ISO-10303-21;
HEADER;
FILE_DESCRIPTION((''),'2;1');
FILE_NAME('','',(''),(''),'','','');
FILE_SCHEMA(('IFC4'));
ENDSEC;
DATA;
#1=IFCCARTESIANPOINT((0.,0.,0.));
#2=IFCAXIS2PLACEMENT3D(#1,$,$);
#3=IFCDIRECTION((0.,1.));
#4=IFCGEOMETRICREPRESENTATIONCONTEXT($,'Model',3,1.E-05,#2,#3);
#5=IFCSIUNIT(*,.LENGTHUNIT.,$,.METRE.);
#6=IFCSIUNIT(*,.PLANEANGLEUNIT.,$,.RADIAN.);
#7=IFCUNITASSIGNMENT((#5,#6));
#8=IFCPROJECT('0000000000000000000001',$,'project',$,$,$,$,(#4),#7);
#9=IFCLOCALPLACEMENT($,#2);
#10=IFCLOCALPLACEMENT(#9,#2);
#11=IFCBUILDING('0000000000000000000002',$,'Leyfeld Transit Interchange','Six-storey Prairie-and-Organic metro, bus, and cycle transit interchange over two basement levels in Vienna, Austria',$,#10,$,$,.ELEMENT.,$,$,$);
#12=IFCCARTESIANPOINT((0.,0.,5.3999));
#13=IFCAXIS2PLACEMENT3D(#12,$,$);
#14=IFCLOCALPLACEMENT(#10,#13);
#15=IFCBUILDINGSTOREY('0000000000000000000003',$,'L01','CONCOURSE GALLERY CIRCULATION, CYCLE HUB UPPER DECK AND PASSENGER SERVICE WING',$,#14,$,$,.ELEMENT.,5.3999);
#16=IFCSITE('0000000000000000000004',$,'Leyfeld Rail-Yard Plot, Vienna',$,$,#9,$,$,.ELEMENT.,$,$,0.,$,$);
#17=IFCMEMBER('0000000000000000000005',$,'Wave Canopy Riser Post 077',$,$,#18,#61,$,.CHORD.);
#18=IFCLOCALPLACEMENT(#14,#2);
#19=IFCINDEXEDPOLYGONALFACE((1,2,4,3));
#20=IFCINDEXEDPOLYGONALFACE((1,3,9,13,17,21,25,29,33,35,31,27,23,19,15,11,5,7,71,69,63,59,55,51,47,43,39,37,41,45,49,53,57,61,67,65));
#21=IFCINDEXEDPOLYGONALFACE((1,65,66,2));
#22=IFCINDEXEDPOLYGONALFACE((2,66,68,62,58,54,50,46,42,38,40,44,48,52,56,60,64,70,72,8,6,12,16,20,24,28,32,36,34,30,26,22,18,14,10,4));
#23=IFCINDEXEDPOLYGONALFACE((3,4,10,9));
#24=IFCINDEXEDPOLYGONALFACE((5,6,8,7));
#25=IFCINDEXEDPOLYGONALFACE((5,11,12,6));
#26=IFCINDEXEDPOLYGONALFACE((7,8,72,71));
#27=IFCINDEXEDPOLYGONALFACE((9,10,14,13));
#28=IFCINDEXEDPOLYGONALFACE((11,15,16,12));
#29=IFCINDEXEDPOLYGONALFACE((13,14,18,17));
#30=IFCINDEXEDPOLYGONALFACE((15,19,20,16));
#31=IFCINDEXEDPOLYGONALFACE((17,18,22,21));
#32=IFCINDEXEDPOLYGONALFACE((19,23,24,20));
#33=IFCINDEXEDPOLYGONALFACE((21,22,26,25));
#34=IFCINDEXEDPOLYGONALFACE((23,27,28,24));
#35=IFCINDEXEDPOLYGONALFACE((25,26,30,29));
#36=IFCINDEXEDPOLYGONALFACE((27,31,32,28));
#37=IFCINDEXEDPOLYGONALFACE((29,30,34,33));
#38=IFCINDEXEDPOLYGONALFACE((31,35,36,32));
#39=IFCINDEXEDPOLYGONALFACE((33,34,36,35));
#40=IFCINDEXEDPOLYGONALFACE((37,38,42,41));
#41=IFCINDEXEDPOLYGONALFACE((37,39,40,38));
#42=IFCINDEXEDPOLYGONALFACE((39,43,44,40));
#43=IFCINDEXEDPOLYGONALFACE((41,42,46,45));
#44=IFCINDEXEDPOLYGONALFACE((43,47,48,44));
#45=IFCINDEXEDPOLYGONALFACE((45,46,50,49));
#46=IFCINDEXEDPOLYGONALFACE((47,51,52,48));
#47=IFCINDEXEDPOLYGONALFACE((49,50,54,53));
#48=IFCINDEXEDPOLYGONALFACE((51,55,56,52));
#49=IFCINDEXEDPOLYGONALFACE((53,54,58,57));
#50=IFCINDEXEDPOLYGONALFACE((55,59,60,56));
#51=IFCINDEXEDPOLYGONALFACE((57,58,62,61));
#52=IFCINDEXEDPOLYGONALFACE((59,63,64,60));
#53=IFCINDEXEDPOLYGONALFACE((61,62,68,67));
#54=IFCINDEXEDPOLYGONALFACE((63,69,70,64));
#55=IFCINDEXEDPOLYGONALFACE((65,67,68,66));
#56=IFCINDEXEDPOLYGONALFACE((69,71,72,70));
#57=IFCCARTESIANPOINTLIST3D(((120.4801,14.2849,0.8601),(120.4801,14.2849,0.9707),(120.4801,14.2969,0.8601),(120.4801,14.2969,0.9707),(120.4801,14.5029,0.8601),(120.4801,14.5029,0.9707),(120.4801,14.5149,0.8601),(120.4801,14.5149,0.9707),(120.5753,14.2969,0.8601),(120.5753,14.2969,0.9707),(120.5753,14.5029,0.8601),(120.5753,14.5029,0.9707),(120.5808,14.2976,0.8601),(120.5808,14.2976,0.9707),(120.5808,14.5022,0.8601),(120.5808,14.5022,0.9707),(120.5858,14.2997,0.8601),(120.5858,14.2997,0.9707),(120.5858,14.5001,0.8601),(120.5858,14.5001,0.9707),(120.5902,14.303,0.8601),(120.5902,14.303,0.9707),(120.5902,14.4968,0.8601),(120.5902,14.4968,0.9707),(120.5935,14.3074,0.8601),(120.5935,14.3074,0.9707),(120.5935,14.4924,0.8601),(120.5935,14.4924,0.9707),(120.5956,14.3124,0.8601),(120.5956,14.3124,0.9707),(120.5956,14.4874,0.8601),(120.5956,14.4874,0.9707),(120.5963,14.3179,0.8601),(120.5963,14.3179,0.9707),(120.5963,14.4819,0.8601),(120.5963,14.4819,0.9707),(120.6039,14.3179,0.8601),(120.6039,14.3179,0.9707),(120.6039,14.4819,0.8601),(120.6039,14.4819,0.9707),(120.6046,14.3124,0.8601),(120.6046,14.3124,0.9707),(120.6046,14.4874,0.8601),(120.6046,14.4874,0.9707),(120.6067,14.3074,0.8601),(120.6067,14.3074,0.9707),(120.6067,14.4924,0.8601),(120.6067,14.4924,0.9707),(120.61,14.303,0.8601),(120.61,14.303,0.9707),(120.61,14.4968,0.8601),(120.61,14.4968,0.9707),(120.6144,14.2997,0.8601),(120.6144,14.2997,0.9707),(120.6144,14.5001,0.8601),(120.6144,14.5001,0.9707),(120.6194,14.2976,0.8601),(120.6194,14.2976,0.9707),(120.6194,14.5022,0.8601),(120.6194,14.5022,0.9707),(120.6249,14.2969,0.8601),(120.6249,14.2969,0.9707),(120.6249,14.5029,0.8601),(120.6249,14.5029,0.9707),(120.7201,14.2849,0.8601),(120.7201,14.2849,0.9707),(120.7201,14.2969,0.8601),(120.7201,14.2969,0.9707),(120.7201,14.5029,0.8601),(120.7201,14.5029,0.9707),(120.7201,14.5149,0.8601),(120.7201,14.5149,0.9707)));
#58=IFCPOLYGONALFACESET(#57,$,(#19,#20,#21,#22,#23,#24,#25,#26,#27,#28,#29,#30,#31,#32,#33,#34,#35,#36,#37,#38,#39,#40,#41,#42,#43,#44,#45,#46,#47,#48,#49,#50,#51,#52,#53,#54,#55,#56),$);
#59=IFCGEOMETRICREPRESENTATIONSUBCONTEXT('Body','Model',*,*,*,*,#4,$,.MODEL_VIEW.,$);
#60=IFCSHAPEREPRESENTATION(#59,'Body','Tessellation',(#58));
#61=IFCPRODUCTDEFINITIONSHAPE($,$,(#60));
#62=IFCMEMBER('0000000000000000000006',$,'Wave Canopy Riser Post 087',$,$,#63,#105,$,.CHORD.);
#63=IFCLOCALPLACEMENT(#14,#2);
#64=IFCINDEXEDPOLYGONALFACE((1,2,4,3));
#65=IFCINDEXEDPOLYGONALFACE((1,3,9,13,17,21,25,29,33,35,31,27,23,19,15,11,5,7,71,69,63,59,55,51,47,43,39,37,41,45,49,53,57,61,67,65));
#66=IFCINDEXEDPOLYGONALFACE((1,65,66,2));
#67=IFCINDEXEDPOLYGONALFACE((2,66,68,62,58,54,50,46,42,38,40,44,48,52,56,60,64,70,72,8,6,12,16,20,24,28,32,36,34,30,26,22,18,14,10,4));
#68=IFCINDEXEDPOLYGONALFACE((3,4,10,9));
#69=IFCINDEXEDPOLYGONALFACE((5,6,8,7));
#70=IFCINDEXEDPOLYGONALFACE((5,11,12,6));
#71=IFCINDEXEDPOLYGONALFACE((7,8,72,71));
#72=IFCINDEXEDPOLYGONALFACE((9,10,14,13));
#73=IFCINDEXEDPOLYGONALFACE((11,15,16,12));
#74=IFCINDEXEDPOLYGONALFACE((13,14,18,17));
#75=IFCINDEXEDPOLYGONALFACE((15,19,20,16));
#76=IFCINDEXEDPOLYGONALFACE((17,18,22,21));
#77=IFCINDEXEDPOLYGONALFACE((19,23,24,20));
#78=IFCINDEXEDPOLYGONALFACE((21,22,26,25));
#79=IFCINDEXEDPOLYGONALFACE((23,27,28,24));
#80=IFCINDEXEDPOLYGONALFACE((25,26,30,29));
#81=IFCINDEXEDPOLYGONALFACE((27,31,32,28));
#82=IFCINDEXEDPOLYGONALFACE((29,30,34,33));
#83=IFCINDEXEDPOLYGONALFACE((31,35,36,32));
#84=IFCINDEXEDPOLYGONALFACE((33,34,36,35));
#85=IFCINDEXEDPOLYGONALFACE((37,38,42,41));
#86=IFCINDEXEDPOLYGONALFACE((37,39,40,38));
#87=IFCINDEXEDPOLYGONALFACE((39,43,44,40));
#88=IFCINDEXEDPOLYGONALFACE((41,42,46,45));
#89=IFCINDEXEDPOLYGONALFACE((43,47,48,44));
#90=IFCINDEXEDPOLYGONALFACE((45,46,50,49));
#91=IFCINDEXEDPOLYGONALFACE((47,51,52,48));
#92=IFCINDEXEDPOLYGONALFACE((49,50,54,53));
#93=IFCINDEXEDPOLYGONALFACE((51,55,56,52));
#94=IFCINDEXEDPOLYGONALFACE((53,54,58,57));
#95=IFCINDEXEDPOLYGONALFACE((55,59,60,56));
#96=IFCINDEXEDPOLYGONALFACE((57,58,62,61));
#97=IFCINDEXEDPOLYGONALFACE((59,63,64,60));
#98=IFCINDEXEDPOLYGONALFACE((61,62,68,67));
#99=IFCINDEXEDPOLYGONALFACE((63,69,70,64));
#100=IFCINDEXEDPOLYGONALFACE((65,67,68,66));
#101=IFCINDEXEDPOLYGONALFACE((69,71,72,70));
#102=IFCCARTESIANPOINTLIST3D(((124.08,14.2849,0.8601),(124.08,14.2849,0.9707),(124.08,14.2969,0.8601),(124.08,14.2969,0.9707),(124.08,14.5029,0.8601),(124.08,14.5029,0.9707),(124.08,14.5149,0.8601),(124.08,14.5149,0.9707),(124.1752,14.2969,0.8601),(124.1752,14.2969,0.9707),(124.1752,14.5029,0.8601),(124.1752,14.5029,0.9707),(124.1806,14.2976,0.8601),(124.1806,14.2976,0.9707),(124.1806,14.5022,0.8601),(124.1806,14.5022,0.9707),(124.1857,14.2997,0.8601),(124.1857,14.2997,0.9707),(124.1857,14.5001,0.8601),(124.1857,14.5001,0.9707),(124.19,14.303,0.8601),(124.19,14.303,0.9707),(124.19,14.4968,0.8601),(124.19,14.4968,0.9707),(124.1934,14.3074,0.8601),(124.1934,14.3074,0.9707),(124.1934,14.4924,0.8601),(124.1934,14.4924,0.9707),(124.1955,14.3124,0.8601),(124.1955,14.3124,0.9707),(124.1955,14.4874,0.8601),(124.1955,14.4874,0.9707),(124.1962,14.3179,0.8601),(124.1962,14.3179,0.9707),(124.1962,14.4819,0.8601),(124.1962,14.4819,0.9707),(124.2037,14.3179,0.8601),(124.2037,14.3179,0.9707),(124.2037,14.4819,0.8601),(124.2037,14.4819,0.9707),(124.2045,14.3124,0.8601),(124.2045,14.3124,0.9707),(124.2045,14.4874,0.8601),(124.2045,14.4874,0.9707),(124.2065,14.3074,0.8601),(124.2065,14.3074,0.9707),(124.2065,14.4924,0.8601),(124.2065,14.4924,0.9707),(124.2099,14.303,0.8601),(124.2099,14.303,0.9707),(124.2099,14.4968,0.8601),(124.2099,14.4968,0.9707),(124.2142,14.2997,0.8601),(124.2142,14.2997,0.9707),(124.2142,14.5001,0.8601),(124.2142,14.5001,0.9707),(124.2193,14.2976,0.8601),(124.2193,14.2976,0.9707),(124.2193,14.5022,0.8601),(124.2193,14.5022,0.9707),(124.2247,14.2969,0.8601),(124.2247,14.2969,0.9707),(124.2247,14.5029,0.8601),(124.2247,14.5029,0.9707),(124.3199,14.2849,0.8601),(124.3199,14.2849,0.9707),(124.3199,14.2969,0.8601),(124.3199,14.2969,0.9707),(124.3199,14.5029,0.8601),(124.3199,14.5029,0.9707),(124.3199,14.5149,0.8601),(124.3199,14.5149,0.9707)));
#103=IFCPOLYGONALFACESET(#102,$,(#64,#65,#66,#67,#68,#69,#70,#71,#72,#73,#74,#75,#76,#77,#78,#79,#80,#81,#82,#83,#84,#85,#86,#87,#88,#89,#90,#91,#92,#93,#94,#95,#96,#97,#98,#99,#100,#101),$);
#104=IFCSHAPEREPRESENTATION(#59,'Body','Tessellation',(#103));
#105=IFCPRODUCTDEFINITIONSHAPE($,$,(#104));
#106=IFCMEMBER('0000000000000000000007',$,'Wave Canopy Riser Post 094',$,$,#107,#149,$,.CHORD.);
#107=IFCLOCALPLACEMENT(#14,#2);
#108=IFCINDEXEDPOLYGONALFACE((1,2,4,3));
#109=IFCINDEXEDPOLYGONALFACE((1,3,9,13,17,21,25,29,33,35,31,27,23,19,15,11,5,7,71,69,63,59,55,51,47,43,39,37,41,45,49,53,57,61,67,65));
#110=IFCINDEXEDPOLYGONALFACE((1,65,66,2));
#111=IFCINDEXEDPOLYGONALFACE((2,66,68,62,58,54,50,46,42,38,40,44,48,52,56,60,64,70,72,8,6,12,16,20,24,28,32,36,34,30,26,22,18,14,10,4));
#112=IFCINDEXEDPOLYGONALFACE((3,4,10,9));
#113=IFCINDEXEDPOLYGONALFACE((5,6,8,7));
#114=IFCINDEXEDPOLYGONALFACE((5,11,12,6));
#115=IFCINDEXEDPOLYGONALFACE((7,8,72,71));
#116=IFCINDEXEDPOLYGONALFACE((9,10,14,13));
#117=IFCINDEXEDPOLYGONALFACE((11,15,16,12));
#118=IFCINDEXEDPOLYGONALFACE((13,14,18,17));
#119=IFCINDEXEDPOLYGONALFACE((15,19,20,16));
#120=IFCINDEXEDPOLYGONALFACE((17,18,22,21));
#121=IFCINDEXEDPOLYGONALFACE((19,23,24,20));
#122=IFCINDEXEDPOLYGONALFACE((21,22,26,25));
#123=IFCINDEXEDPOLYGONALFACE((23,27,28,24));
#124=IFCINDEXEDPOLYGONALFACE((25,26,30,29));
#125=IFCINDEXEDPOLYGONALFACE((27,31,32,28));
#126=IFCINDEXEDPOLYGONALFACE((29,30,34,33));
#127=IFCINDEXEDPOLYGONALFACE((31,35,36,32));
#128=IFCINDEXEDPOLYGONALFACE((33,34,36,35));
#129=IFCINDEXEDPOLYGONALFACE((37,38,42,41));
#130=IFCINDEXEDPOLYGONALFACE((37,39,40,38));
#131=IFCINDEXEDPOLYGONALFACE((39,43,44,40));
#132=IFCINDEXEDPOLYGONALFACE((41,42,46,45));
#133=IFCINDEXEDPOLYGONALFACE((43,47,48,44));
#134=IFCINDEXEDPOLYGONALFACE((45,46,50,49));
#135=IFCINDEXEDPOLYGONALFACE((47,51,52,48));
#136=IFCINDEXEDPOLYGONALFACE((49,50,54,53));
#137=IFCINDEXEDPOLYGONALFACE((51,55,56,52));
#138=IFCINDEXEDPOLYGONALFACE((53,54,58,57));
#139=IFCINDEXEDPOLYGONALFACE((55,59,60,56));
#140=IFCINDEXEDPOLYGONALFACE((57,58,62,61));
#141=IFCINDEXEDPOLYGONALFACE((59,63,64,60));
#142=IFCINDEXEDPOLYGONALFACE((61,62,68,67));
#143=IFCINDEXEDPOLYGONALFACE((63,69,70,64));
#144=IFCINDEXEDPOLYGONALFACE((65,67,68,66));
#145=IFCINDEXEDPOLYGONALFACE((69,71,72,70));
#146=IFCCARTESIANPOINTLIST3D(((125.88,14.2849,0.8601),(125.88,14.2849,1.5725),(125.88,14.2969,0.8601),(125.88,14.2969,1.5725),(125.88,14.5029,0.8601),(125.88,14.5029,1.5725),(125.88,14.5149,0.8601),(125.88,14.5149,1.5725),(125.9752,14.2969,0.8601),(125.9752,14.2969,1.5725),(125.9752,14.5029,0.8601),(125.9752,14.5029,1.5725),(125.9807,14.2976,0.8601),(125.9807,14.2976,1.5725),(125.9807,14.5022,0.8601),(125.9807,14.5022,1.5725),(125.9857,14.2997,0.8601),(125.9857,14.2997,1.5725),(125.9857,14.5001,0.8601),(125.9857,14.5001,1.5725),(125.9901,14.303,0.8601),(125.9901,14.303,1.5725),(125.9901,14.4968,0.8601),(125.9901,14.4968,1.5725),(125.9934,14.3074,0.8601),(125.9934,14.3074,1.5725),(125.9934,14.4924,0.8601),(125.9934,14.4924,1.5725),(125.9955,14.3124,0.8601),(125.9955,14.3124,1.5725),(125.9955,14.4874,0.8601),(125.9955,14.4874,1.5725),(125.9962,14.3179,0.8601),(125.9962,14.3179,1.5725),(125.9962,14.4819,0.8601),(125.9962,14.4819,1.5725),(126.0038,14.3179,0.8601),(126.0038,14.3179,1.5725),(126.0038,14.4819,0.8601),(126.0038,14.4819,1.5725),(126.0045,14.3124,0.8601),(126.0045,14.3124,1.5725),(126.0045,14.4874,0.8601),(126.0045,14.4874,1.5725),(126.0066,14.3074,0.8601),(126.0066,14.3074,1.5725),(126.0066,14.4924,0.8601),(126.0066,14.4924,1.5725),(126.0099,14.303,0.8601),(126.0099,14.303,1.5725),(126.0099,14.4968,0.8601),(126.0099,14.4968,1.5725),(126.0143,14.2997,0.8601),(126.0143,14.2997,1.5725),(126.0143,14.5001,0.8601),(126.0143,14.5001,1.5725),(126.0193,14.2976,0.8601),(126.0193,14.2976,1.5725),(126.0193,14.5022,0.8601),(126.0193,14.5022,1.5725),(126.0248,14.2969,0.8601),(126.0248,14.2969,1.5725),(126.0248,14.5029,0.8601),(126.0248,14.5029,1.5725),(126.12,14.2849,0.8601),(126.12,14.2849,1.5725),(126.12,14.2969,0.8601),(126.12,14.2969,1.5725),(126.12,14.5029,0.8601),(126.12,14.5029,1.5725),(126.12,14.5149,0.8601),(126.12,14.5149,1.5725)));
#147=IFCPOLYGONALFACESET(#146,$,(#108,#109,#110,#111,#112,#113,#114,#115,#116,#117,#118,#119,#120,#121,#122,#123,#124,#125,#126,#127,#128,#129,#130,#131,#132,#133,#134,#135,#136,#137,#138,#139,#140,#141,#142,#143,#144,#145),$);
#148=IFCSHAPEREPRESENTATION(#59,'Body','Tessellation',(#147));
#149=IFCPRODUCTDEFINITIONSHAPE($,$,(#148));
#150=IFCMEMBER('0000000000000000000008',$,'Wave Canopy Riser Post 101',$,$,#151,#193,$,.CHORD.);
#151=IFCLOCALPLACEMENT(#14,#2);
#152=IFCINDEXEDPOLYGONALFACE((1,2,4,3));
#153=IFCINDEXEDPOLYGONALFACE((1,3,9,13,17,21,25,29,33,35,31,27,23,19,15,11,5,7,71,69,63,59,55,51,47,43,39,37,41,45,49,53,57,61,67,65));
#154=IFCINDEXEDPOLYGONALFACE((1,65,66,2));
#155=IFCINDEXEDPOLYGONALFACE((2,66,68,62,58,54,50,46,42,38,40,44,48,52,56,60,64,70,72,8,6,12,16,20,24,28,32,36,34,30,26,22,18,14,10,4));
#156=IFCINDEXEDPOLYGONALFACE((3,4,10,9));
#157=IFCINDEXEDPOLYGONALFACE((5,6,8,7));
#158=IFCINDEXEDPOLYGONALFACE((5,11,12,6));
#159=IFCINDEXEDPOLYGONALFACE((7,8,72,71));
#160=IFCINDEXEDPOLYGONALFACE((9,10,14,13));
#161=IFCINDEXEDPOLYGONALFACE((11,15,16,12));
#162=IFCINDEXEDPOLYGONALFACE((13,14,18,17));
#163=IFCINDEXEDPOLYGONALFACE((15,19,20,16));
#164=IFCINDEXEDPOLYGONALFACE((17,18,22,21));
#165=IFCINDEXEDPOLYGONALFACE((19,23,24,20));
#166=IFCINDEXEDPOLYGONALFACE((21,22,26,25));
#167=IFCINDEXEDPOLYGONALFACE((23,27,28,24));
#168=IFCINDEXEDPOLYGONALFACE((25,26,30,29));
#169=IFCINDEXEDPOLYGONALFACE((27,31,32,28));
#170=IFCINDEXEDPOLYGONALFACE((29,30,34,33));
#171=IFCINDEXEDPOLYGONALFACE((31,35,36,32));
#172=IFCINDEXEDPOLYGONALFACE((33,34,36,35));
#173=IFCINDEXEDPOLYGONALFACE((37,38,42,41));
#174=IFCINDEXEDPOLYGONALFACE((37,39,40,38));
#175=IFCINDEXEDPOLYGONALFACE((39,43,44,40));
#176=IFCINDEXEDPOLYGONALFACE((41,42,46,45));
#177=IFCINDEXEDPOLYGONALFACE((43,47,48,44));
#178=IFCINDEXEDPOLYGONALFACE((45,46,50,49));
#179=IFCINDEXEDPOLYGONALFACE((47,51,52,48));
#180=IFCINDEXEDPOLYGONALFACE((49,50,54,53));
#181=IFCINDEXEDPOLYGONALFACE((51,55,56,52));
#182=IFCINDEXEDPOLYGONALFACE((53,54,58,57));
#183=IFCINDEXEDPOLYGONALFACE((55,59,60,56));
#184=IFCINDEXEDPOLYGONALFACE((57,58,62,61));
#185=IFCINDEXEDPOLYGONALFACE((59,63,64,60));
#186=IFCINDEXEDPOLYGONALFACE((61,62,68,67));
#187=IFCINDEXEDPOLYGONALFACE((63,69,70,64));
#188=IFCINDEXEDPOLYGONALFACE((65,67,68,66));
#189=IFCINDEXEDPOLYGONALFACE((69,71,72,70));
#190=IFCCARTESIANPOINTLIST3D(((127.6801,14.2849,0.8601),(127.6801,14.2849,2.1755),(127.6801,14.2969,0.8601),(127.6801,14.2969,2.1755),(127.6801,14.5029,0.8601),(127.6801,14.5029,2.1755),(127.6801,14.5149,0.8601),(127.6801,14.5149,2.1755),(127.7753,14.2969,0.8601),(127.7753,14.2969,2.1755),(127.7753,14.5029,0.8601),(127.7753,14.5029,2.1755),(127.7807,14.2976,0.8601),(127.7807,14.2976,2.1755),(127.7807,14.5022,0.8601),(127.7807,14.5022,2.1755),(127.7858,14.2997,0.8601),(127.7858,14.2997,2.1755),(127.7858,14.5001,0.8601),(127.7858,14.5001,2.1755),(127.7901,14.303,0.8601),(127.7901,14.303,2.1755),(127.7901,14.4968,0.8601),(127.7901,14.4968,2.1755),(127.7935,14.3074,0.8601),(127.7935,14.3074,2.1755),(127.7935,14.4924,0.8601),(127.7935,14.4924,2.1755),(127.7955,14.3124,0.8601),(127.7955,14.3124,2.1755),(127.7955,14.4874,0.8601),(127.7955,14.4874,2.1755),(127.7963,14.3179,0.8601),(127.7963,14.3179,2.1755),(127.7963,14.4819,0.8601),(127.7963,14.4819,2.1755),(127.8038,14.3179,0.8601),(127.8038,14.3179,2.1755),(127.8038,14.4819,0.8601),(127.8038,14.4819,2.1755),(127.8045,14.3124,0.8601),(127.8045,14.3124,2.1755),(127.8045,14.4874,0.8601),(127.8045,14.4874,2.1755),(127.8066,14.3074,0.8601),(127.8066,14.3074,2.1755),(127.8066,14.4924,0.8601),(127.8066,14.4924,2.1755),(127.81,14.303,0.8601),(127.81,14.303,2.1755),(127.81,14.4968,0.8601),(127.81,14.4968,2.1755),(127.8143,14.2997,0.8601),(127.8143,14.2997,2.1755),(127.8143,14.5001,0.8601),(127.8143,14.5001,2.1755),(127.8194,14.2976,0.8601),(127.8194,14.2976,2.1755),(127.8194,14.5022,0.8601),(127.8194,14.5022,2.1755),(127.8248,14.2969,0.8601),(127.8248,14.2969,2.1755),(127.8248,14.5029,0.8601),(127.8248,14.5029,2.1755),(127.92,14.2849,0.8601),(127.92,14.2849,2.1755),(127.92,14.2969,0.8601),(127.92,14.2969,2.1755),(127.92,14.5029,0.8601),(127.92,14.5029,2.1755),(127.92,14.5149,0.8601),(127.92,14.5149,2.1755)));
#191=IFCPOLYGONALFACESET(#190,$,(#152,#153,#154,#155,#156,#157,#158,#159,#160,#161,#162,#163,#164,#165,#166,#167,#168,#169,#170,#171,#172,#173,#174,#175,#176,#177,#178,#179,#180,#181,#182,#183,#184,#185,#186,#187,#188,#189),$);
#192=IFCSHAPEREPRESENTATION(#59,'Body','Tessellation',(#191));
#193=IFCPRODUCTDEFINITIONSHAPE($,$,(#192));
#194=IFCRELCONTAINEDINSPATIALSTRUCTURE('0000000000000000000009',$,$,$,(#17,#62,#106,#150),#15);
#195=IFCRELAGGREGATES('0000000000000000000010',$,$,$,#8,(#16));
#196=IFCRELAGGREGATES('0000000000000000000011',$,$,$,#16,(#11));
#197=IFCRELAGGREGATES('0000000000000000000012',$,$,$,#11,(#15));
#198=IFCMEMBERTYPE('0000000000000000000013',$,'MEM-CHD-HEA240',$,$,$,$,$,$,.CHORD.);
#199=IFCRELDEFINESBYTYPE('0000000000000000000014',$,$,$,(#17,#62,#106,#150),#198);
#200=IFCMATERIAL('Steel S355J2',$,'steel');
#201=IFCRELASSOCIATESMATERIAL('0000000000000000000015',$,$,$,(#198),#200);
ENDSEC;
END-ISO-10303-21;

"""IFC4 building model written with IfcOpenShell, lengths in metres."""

from ifc_helpers import new_model, si_unit, direction, frame, origin, origin_2d, place, context, subcontext, project, spatial, i_section, extrude, material, material_profile, profile_set, type_object, element, save


model = new_model("IFC4")

# Units and contexts
model_context = context("Model", 3, precision=1e-05, world=origin(), true_north=direction((0.0, 1.0)))
body_context = subcontext(model_context, "Body", "Model", "MODEL_VIEW")
ifc_project = project(units=[si_unit("LENGTHUNIT", "METRE"), si_unit("PLANEANGLEUNIT", "RADIAN")], contexts=[model_context])

# Site, building, storey
site_placement = place(None, origin())
site = spatial("IfcSite", under=ifc_project, at=site_placement, Name="Leyfeld Rail-Yard Plot, Vienna", CompositionType="ELEMENT", RefElevation=0.0)
building_placement = place(site_placement, origin())
building = spatial("IfcBuilding", under=site, at=building_placement, Name="Leyfeld Transit Interchange", Description="Six-storey Prairie-and-Organic metro, bus, and cycle transit interchange over two basement levels in Vienna, Austria", CompositionType="ELEMENT")
storey_placement = place(building_placement, frame((0.0, 0.0, 5.3999)))
storey = spatial("IfcBuildingStorey", under=building, at=storey_placement, Name="L01", Description="CONCOURSE GALLERY CIRCULATION, CYCLE HUB UPPER DECK AND PASSENGER SERVICE WING", CompositionType="ELEMENT", Elevation=5.3999)

# Members
ifc_material_1 = material(Name="Steel S355J2", Category="steel")
ifc_material_profile_1 = material_profile(ifc_material_1, i_section(OverallWidth=0.24, OverallDepth=0.23, WebThickness=0.0076, FlangeThickness=0.012, FilletRadius=0.021, at=origin_2d()), Name="HEA 240")
ifc_profile_set_1 = profile_set([ifc_material_profile_1], Name="Steel S355J2")
member_type_1 = type_object("IfcMemberType", Name="MEM-CHD-HEA240", PredefinedType="CHORD", material=ifc_profile_set_1)
for number, where, z_axis, x_axis, name in (
    (1, (120.6001, 14.3999, 0.8601), (0.0, 0.0, 1.0), (1.0, 0.0, 0.0), "Wave Canopy Riser Post 077"),
    (2, (124.2, 14.3999, 0.8601), (0.0, 0.0, 1.0), (1.0, 0.0, 0.0), "Wave Canopy Riser Post 087"),
):
    element("IfcMember", number, at=place(storey_placement, frame(where, z_axis=z_axis, x_axis=x_axis)), inside=storey, type_object=member_type_1, Name=name, PredefinedType="CHORD", context=body_context, shape_type="SweptSolid", body=[
        extrude(i_section(OverallWidth=0.24, OverallDepth=0.23, WebThickness=0.0076, FlangeThickness=0.012, FilletRadius=0.021, at=origin_2d()), origin(), (0.0, 0.0, 1.0), 0.1106),
    ])
member_1_placement = place(storey_placement, frame((126.0, 14.3999, 0.8601), z_axis=(0.0, 0.0, 1.0), x_axis=(1.0, 0.0, 0.0)))
element("IfcMember", 3, at=member_1_placement, inside=storey, type_object=member_type_1, Name="Wave Canopy Riser Post 094", PredefinedType="CHORD", context=body_context, shape_type="SweptSolid", body=[
    extrude(i_section(OverallWidth=0.24, OverallDepth=0.23, WebThickness=0.0076, FlangeThickness=0.012, FilletRadius=0.021, at=origin_2d()), origin(), (0.0, 0.0, 1.0), 0.7124),
])
member_2_placement = place(storey_placement, frame((127.8, 14.3999, 0.8601), z_axis=(0.0, 0.0, 1.0), x_axis=(1.0, 0.0, 0.0)))
element("IfcMember", 4, at=member_2_placement, inside=storey, type_object=member_type_1, Name="Wave Canopy Riser Post 101", PredefinedType="CHORD", context=body_context, shape_type="SweptSolid", body=[
    extrude(i_section(OverallWidth=0.24, OverallDepth=0.23, WebThickness=0.0076, FlangeThickness=0.012, FilletRadius=0.021, at=origin_2d()), origin(), (0.0, 0.0, 1.0), 1.3154),
])

save(model, "model.ifc")
